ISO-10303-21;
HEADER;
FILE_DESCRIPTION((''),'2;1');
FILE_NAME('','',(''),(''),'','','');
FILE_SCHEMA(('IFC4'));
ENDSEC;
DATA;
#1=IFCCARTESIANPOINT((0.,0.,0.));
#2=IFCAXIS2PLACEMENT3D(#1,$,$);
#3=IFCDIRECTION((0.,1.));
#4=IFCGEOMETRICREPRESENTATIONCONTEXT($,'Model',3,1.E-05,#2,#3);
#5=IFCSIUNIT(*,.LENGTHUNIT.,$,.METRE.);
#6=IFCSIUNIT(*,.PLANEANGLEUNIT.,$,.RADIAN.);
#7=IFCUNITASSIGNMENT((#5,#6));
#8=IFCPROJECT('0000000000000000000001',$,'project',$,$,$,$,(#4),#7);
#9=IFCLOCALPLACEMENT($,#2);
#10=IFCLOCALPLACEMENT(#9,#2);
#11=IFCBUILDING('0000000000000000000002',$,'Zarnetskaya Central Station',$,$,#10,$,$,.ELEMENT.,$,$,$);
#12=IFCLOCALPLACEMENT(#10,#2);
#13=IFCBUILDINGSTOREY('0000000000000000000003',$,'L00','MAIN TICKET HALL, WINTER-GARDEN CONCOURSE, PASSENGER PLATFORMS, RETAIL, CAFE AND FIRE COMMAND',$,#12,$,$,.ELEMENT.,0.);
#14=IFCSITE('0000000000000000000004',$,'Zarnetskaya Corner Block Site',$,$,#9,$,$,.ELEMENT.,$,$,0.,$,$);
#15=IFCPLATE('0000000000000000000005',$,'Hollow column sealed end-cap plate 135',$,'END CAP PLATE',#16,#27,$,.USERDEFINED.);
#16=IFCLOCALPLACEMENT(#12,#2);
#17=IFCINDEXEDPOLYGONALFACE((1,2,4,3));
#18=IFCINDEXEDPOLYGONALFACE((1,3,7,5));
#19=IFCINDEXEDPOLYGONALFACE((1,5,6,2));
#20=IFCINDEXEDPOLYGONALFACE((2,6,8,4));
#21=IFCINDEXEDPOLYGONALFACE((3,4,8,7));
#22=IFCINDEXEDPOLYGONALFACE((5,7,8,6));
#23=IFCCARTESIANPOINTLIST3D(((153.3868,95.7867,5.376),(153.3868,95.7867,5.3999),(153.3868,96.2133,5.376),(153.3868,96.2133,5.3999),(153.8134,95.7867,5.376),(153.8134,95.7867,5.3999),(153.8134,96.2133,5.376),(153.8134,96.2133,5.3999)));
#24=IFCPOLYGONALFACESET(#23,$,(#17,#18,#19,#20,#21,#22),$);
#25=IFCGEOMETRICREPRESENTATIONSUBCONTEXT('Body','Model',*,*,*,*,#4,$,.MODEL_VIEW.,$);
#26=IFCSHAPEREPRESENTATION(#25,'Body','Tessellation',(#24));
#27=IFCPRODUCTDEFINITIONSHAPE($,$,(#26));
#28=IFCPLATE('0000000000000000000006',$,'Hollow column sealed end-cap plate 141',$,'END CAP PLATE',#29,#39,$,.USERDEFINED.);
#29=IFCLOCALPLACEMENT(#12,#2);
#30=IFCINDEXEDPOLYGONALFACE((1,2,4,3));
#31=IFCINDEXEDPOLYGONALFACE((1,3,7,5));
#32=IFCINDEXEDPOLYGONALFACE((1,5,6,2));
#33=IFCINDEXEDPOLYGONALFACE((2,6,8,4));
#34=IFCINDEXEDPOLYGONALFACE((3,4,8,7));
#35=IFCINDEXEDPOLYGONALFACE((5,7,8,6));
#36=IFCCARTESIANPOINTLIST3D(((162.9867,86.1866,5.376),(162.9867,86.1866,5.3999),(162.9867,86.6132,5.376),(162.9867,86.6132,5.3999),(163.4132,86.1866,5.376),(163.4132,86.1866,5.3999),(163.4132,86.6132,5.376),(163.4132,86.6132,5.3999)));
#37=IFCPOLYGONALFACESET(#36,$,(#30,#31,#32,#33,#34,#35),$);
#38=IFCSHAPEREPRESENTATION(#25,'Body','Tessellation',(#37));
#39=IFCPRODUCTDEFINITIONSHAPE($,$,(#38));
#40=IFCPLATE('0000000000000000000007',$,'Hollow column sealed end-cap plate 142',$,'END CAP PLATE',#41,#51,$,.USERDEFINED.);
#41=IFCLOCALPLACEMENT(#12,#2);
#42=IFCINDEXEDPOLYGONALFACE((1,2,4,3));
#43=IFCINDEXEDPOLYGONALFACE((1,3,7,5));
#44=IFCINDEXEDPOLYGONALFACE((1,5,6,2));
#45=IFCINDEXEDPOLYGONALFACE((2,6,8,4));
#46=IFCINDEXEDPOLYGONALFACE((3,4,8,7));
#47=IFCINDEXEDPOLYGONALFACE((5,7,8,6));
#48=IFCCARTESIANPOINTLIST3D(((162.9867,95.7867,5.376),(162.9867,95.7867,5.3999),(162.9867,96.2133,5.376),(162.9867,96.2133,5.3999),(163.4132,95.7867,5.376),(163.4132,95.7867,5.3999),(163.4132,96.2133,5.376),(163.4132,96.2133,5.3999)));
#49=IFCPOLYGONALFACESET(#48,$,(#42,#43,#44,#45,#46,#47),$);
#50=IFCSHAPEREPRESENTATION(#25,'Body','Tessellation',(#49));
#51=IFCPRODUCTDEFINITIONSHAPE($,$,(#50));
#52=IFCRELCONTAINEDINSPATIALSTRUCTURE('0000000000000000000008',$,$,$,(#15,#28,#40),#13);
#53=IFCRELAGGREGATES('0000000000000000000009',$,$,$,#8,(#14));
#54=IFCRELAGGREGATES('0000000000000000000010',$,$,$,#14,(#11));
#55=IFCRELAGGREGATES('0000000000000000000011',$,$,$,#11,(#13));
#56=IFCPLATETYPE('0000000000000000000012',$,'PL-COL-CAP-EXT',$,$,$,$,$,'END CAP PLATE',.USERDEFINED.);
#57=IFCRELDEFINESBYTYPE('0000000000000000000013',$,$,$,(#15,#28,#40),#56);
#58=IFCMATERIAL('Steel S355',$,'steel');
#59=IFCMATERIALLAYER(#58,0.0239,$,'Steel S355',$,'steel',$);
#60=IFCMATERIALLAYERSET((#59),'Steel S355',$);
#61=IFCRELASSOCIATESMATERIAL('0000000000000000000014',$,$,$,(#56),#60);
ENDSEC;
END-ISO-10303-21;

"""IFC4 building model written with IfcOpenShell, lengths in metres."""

from ifc_helpers import new_model, si_unit, direction, frame, origin, origin_2d, place, context, subcontext, project, spatial, rectangle, extrude, material, layer, layer_set, type_object, element, save


model = new_model("IFC4")

# Units and contexts
model_context = context("Model", 3, precision=1e-05, world=origin(), true_north=direction((0.0, 1.0)))
body_context = subcontext(model_context, "Body", "Model", "MODEL_VIEW")
ifc_project = project(units=[si_unit("LENGTHUNIT", "METRE"), si_unit("PLANEANGLEUNIT", "RADIAN")], contexts=[model_context])

# Site, building, storey
site_placement = place(None, origin())
site = spatial("IfcSite", under=ifc_project, at=site_placement, Name="Zarnetskaya Corner Block Site", CompositionType="ELEMENT", RefElevation=0.0)
building_placement = place(site_placement, origin())
building = spatial("IfcBuilding", under=site, at=building_placement, Name="Zarnetskaya Central Station", CompositionType="ELEMENT")
storey_placement = place(building_placement, origin())
storey = spatial("IfcBuildingStorey", under=building, at=storey_placement, Name="L00", Description="MAIN TICKET HALL, WINTER-GARDEN CONCOURSE, PASSENGER PLATFORMS, RETAIL, CAFE AND FIRE COMMAND", CompositionType="ELEMENT", Elevation=0.0)

# Shared definitions
ifc_material = material(Name="Steel S355", Category="steel")

# Plates
ifc_layer = layer(ifc_material, 0.0239, Name="Steel S355", Category="steel")
ifc_layer_set = layer_set([ifc_layer], Name="Steel S355")
plate_type = type_object("IfcPlateType", Name="PL-COL-CAP-EXT", ElementType="END CAP PLATE", PredefinedType="USERDEFINED", material=ifc_layer_set)
for number, where, z_axis, x_axis, name in (
    (1, (153.6001, 96.0, 5.376), (0.0, 0.0, 1.0), (1.0, 0.0, 0.0), "Hollow column sealed end-cap plate 135"),
    (2, (163.2, 86.3999, 5.376), (0.0, 0.0, 1.0), (1.0, 0.0, 0.0), "Hollow column sealed end-cap plate 141"),
    (3, (163.2, 96.0, 5.376), (0.0, 0.0, 1.0), (1.0, 0.0, 0.0), "Hollow column sealed end-cap plate 142"),
):
    element("IfcPlate", number, at=place(storey_placement, frame(where, z_axis=z_axis, x_axis=x_axis)), inside=storey, type_object=plate_type, Name=name, ObjectType="END CAP PLATE", PredefinedType="USERDEFINED", context=body_context, shape_type="SweptSolid", body=[
        extrude(rectangle(XDim=0.4265, YDim=0.4265, at=origin_2d()), origin(), (0.0, 0.0, 1.0), 0.0239),
    ])

save(model, "model.ifc")
